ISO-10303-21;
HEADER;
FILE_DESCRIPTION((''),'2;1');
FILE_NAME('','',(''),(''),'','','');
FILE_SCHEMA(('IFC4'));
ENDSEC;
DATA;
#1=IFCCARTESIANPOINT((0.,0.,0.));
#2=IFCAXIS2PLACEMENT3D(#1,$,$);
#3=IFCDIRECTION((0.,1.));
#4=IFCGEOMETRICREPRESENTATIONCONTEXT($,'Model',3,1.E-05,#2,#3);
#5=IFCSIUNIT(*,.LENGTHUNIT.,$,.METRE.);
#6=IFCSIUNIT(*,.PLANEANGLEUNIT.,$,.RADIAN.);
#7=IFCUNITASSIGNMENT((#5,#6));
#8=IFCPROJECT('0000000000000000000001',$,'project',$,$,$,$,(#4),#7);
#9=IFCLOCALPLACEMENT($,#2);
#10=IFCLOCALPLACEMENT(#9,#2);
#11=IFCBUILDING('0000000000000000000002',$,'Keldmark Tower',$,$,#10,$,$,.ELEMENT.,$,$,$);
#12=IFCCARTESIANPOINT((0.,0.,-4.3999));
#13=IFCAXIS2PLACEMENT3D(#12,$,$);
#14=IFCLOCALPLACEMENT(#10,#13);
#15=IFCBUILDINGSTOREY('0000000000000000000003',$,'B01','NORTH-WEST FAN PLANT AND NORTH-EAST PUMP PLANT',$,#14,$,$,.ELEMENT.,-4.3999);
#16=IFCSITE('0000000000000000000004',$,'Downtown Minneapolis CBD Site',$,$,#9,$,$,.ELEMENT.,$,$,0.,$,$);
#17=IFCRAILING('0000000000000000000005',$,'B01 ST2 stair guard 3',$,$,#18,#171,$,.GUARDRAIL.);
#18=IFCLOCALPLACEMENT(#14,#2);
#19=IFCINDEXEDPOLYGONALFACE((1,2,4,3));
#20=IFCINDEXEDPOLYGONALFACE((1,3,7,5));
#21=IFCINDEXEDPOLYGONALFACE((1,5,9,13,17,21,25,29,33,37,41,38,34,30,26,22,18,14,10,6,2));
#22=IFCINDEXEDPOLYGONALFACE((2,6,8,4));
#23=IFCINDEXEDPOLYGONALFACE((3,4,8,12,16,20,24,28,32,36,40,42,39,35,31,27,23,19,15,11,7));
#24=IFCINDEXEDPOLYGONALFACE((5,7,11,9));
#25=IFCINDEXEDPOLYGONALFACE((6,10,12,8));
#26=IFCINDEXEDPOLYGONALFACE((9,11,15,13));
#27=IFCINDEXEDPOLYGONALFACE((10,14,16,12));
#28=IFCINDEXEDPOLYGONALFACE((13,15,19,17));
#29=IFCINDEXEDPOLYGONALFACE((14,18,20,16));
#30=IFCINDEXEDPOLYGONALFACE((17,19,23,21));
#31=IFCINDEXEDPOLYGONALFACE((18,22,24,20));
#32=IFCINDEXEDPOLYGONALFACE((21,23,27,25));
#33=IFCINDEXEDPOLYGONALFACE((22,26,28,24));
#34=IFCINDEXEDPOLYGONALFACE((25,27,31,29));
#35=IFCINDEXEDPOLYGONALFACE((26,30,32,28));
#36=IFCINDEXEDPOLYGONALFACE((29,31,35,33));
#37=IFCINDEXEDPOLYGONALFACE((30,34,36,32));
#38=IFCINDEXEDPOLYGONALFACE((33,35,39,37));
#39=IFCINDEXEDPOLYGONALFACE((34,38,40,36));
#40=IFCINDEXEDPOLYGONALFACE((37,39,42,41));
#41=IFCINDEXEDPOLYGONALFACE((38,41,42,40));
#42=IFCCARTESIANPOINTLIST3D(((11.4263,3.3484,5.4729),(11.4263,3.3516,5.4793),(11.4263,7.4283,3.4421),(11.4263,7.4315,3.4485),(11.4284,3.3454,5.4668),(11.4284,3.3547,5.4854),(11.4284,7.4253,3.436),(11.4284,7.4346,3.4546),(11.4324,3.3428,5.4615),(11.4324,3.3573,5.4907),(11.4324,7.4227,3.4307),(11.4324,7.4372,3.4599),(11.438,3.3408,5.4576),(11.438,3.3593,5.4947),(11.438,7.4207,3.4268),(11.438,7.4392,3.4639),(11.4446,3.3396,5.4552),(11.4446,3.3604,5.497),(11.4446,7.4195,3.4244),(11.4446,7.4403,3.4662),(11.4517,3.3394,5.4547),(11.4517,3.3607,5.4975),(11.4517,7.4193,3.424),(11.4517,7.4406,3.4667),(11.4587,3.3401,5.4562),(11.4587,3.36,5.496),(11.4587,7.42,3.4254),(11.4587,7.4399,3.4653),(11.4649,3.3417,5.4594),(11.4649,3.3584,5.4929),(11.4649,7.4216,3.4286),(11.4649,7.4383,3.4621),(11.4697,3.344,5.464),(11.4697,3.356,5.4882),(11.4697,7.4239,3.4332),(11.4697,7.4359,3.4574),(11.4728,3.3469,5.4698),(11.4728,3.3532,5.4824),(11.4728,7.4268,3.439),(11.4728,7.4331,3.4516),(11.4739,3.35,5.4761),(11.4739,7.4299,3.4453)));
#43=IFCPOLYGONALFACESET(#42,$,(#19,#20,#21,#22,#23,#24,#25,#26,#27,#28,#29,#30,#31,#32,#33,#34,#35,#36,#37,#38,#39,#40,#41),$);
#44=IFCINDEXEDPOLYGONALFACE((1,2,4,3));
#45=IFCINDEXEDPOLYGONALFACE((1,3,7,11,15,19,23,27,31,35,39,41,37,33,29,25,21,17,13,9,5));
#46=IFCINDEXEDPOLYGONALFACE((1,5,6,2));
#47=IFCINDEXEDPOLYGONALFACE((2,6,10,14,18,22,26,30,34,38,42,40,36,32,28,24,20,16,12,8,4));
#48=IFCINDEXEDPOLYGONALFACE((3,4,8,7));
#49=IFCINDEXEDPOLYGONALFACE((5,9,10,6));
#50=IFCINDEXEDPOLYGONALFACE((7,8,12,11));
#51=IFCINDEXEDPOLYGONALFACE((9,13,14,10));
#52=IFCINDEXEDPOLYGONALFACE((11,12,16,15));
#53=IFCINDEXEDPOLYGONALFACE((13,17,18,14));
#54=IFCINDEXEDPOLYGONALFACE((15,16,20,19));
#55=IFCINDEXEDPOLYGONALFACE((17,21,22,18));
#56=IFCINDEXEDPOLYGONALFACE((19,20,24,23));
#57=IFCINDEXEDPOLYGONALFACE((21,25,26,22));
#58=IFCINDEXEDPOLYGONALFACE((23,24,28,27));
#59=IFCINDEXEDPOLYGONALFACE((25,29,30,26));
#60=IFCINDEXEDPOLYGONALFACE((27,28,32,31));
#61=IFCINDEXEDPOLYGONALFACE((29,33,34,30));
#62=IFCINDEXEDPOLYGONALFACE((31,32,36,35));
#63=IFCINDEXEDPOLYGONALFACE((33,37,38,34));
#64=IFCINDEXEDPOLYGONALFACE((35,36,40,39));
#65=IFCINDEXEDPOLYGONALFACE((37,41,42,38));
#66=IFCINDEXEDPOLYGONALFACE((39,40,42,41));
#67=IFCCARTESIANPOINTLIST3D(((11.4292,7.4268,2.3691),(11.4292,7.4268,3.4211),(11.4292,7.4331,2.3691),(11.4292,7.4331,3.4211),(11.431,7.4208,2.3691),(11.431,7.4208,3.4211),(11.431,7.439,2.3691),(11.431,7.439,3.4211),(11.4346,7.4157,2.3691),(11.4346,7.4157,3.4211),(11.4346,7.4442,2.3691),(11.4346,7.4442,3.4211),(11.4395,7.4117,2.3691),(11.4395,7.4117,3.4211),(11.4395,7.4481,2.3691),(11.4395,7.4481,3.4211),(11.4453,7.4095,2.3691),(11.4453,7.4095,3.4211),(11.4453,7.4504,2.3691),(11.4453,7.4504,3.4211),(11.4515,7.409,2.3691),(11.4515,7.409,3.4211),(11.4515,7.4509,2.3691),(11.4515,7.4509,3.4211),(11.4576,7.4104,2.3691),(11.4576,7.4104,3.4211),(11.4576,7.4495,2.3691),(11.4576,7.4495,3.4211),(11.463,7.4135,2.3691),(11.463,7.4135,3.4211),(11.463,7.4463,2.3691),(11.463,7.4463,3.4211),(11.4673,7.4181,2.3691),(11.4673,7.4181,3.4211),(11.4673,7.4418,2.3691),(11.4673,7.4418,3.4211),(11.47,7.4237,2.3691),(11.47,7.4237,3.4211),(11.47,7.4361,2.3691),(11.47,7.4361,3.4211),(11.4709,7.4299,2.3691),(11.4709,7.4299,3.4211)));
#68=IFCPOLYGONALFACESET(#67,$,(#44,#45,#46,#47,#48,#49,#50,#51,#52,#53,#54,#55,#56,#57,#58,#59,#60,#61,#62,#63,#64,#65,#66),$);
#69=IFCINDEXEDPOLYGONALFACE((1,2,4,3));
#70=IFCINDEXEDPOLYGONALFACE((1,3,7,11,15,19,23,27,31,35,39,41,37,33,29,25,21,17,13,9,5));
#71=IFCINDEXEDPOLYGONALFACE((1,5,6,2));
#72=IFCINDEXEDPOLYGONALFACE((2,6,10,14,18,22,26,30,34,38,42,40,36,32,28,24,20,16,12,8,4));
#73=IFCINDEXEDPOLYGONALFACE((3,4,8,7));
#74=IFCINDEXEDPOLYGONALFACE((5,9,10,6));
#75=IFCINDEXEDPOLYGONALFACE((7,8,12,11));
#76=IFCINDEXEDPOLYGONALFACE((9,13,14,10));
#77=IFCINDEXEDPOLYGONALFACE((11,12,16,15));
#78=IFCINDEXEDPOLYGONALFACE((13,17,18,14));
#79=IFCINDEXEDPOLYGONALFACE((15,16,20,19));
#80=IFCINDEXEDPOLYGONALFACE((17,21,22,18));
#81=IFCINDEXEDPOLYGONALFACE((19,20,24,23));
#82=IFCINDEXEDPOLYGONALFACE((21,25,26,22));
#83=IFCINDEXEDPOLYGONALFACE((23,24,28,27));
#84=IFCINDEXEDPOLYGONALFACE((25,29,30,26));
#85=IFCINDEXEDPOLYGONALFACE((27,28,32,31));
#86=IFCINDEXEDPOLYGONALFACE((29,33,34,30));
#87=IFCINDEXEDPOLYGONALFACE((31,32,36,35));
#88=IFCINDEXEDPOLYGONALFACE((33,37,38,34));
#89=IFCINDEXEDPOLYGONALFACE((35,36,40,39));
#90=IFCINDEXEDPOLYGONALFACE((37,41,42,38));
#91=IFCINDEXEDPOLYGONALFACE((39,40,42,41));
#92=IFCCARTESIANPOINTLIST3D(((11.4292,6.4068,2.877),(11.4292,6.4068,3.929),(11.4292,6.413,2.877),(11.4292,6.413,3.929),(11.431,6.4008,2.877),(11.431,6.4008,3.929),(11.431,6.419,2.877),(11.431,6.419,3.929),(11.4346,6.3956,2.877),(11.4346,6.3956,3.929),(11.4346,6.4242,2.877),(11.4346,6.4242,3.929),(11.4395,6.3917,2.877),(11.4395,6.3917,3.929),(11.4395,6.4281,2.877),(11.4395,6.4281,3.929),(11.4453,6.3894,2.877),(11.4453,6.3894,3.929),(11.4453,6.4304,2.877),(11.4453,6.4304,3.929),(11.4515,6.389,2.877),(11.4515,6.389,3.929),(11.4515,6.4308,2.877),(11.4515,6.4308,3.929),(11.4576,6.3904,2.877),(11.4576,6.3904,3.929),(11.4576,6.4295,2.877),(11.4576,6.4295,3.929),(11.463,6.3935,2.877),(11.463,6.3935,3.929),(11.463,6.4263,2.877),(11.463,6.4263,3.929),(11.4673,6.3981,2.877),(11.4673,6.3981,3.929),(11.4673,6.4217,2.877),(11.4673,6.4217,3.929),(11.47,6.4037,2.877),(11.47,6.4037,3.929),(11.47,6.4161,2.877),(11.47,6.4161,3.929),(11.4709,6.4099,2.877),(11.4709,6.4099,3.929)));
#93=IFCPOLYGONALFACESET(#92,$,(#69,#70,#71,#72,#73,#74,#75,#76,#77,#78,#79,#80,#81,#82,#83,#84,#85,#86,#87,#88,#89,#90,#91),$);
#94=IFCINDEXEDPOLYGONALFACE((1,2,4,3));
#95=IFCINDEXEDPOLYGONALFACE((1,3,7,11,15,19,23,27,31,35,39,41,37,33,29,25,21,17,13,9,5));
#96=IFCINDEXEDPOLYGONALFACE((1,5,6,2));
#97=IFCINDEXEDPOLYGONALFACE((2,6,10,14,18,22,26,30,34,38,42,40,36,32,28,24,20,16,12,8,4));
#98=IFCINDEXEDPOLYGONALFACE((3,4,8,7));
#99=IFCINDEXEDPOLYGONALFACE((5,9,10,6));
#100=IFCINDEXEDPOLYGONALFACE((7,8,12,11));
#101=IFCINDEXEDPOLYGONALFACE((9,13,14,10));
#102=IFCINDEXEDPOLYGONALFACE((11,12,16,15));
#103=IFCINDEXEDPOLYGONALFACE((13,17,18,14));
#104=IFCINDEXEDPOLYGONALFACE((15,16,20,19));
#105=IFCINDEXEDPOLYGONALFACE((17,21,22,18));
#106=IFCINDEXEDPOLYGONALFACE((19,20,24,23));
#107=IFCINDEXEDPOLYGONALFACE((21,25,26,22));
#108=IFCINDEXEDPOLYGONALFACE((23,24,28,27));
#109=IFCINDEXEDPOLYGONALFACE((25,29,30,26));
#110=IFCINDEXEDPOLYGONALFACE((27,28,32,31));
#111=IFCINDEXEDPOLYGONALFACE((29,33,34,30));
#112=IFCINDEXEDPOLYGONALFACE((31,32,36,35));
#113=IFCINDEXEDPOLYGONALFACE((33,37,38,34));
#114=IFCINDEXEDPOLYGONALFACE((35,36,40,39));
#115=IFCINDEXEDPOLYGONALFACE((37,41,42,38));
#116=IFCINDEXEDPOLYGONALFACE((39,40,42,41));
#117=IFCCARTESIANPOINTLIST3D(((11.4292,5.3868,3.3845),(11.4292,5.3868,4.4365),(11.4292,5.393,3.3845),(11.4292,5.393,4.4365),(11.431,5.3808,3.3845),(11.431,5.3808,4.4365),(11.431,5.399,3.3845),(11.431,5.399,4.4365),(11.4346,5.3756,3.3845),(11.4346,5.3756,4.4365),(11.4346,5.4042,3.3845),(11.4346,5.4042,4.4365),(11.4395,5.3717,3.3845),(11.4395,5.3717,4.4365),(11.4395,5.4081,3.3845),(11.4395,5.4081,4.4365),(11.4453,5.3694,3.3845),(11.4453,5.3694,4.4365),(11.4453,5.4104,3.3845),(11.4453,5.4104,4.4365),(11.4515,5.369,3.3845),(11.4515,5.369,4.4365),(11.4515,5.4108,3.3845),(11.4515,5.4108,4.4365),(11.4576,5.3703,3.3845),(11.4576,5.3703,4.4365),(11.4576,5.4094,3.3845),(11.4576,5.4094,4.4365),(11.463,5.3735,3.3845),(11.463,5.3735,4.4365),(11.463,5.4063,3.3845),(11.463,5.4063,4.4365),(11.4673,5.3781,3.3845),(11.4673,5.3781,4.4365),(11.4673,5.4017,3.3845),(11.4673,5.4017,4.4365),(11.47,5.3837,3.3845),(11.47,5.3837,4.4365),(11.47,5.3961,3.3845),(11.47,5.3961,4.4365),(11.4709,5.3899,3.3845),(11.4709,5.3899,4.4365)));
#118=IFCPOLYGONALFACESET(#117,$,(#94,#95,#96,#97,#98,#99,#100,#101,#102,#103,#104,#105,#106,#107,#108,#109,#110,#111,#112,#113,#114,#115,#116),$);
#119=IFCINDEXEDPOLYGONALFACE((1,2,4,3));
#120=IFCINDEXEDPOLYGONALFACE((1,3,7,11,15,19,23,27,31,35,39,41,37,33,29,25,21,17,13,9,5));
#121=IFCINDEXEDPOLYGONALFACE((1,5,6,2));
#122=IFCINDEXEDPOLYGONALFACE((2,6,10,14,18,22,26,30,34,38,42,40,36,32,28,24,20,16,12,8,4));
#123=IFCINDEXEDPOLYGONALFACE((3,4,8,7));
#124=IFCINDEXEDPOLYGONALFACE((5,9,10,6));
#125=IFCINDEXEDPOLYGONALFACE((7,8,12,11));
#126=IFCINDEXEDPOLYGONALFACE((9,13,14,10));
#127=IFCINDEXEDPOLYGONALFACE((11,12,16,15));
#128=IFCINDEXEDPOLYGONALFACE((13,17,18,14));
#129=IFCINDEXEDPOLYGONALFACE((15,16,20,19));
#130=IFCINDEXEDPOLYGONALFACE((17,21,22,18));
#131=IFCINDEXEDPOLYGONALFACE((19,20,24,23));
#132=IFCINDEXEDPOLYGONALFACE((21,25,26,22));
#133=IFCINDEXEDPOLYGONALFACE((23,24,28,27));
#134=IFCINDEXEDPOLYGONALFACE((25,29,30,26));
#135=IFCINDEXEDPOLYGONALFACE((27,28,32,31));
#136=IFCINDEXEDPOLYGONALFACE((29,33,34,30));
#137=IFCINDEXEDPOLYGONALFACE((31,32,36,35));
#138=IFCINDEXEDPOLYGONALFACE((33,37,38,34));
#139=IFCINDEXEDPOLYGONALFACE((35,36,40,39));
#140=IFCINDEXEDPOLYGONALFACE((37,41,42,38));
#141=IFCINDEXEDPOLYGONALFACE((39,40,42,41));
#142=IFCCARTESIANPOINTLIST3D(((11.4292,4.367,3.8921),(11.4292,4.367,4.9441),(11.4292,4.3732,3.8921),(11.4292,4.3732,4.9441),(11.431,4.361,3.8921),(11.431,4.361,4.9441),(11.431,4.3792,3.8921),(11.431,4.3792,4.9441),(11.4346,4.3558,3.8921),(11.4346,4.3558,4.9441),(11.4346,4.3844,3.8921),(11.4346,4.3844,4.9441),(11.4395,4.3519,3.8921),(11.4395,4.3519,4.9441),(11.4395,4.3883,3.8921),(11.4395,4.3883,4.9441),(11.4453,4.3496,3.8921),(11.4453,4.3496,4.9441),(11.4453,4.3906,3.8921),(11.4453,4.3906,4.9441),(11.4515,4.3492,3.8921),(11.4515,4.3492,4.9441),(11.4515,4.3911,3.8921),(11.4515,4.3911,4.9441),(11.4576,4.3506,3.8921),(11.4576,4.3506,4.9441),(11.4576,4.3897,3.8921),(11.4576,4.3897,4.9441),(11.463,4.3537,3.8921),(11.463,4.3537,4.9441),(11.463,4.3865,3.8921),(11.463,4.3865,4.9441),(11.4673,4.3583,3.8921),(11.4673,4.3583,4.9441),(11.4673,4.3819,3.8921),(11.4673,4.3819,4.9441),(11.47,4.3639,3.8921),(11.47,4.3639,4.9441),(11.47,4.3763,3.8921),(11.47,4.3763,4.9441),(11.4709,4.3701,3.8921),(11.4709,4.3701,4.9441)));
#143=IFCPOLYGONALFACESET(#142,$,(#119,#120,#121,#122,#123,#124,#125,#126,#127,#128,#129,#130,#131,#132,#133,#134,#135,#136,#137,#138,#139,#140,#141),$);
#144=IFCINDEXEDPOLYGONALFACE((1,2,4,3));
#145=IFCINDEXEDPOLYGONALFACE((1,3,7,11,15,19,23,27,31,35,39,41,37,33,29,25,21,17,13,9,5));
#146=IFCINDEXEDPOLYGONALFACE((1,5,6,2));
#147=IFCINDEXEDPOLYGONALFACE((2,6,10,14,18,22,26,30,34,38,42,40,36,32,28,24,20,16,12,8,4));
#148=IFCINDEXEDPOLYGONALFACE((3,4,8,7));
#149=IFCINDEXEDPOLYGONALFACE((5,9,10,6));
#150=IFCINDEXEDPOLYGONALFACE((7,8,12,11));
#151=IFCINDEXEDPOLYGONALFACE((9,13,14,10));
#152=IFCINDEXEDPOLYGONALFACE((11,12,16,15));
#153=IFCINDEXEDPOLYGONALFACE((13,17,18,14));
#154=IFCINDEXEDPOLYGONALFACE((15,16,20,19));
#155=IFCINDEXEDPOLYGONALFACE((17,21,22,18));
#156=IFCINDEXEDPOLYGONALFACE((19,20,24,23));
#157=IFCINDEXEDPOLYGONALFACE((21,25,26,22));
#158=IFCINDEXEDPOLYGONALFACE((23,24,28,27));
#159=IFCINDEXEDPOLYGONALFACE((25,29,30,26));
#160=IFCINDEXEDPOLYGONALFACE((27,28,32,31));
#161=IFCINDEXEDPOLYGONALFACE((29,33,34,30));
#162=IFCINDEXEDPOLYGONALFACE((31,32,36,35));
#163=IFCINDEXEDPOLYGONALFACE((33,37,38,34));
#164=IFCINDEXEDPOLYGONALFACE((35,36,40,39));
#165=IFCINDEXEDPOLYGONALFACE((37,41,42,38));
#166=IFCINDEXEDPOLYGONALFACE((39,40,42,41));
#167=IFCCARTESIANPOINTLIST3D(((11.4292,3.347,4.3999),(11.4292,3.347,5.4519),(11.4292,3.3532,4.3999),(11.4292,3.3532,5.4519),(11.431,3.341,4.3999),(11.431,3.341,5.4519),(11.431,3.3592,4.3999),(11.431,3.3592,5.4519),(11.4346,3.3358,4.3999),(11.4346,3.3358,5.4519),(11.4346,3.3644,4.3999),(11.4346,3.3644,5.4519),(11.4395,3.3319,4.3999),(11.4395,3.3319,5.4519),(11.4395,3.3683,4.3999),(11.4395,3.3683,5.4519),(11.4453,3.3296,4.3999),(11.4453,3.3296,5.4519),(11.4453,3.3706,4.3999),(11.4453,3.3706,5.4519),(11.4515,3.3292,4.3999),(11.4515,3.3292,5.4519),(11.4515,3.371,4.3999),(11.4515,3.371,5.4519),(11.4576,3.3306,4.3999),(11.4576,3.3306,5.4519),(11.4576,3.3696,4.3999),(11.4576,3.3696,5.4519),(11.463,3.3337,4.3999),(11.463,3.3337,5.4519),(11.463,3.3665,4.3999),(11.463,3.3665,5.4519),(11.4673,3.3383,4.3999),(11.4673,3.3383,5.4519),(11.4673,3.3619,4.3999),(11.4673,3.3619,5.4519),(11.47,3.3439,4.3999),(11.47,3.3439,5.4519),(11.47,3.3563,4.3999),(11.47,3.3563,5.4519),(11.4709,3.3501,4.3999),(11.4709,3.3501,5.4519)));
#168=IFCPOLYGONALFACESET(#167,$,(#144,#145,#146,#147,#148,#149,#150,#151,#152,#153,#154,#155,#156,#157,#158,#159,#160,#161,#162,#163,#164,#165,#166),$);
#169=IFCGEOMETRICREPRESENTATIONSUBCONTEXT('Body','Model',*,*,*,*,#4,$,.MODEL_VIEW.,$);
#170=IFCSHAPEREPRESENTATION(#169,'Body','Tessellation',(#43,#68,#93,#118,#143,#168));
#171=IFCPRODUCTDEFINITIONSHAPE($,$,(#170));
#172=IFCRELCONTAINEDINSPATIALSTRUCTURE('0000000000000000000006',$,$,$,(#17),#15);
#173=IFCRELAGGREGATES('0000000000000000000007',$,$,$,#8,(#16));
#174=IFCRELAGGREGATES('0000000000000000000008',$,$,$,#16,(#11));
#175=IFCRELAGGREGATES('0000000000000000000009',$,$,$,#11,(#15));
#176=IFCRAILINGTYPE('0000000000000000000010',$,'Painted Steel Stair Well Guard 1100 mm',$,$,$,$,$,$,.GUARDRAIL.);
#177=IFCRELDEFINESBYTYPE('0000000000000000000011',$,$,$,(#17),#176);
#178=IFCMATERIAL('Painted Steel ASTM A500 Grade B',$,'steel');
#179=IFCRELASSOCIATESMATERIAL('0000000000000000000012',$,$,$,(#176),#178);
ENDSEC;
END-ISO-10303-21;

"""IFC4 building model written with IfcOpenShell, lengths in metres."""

from ifc_helpers import new_model, si_unit, direction, frame, origin, origin_2d, place, context, subcontext, project, spatial, circle, extrude, material, type_object, element, save


model = new_model("IFC4")

# Units and contexts
model_context = context("Model", 3, precision=1e-05, world=origin(), true_north=direction((0.0, 1.0)))
body_context = subcontext(model_context, "Body", "Model", "MODEL_VIEW")
ifc_project = project(units=[si_unit("LENGTHUNIT", "METRE"), si_unit("PLANEANGLEUNIT", "RADIAN")], contexts=[model_context])

# Site, building, storey
site_placement = place(None, origin())
site = spatial("IfcSite", under=ifc_project, at=site_placement, Name="Downtown Minneapolis CBD Site", CompositionType="ELEMENT", RefElevation=0.0)
building_placement = place(site_placement, origin())
building = spatial("IfcBuilding", under=site, at=building_placement, Name="Keldmark Tower", CompositionType="ELEMENT")
storey_placement = place(building_placement, frame((0.0, 0.0, -4.3999)))
storey = spatial("IfcBuildingStorey", under=building, at=storey_placement, Name="B01", Description="NORTH-WEST FAN PLANT AND NORTH-EAST PUMP PLANT", CompositionType="ELEMENT", Elevation=-4.3999)

# Railing
ifc_material_1 = material(Name="Painted Steel ASTM A500 Grade B", Category="steel")
railing_type_1 = type_object("IfcRailingType", Name="Painted Steel Stair Well Guard 1100 mm", PredefinedType="GUARDRAIL", material=ifc_material_1)
railing_1_placement = place(storey_placement, frame((11.45, 7.4299, 2.3691)))
element("IfcRailing", 1, at=railing_1_placement, inside=storey, type_object=railing_type_1, Name="B01 ST2 stair guard 3", PredefinedType="GUARDRAIL", context=body_context, shape_type="SweptSolid", body=[
    extrude(circle(Radius=0.0239, at=origin_2d()), frame((0.0, 0.0, 1.0762), z_axis=(0.0, -0.895229, 0.445606), x_axis=(1.0, 0.0, 0.0)), (0.0, 0.0, 1.0), 4.5574),
    extrude(circle(Radius=0.021, at=origin_2d()), origin(), (0.0, 0.0, 1.0), 1.052),
    extrude(circle(Radius=0.021, at=origin_2d()), frame((0.0, -1.02, 0.5078)), (0.0, 0.0, 1.0), 1.052),
    extrude(circle(Radius=0.021, at=origin_2d()), frame((0.0, -2.04, 1.0154)), (0.0, 0.0, 1.0), 1.052),
    extrude(circle(Radius=0.021, at=origin_2d()), frame((0.0, -3.0598, 1.5229)), (0.0, 0.0, 1.0), 1.052),
    extrude(circle(Radius=0.021, at=origin_2d()), frame((0.0, -4.0798, 2.0308)), (0.0, 0.0, 1.0), 1.052),
])

save(model, "model.ifc")
